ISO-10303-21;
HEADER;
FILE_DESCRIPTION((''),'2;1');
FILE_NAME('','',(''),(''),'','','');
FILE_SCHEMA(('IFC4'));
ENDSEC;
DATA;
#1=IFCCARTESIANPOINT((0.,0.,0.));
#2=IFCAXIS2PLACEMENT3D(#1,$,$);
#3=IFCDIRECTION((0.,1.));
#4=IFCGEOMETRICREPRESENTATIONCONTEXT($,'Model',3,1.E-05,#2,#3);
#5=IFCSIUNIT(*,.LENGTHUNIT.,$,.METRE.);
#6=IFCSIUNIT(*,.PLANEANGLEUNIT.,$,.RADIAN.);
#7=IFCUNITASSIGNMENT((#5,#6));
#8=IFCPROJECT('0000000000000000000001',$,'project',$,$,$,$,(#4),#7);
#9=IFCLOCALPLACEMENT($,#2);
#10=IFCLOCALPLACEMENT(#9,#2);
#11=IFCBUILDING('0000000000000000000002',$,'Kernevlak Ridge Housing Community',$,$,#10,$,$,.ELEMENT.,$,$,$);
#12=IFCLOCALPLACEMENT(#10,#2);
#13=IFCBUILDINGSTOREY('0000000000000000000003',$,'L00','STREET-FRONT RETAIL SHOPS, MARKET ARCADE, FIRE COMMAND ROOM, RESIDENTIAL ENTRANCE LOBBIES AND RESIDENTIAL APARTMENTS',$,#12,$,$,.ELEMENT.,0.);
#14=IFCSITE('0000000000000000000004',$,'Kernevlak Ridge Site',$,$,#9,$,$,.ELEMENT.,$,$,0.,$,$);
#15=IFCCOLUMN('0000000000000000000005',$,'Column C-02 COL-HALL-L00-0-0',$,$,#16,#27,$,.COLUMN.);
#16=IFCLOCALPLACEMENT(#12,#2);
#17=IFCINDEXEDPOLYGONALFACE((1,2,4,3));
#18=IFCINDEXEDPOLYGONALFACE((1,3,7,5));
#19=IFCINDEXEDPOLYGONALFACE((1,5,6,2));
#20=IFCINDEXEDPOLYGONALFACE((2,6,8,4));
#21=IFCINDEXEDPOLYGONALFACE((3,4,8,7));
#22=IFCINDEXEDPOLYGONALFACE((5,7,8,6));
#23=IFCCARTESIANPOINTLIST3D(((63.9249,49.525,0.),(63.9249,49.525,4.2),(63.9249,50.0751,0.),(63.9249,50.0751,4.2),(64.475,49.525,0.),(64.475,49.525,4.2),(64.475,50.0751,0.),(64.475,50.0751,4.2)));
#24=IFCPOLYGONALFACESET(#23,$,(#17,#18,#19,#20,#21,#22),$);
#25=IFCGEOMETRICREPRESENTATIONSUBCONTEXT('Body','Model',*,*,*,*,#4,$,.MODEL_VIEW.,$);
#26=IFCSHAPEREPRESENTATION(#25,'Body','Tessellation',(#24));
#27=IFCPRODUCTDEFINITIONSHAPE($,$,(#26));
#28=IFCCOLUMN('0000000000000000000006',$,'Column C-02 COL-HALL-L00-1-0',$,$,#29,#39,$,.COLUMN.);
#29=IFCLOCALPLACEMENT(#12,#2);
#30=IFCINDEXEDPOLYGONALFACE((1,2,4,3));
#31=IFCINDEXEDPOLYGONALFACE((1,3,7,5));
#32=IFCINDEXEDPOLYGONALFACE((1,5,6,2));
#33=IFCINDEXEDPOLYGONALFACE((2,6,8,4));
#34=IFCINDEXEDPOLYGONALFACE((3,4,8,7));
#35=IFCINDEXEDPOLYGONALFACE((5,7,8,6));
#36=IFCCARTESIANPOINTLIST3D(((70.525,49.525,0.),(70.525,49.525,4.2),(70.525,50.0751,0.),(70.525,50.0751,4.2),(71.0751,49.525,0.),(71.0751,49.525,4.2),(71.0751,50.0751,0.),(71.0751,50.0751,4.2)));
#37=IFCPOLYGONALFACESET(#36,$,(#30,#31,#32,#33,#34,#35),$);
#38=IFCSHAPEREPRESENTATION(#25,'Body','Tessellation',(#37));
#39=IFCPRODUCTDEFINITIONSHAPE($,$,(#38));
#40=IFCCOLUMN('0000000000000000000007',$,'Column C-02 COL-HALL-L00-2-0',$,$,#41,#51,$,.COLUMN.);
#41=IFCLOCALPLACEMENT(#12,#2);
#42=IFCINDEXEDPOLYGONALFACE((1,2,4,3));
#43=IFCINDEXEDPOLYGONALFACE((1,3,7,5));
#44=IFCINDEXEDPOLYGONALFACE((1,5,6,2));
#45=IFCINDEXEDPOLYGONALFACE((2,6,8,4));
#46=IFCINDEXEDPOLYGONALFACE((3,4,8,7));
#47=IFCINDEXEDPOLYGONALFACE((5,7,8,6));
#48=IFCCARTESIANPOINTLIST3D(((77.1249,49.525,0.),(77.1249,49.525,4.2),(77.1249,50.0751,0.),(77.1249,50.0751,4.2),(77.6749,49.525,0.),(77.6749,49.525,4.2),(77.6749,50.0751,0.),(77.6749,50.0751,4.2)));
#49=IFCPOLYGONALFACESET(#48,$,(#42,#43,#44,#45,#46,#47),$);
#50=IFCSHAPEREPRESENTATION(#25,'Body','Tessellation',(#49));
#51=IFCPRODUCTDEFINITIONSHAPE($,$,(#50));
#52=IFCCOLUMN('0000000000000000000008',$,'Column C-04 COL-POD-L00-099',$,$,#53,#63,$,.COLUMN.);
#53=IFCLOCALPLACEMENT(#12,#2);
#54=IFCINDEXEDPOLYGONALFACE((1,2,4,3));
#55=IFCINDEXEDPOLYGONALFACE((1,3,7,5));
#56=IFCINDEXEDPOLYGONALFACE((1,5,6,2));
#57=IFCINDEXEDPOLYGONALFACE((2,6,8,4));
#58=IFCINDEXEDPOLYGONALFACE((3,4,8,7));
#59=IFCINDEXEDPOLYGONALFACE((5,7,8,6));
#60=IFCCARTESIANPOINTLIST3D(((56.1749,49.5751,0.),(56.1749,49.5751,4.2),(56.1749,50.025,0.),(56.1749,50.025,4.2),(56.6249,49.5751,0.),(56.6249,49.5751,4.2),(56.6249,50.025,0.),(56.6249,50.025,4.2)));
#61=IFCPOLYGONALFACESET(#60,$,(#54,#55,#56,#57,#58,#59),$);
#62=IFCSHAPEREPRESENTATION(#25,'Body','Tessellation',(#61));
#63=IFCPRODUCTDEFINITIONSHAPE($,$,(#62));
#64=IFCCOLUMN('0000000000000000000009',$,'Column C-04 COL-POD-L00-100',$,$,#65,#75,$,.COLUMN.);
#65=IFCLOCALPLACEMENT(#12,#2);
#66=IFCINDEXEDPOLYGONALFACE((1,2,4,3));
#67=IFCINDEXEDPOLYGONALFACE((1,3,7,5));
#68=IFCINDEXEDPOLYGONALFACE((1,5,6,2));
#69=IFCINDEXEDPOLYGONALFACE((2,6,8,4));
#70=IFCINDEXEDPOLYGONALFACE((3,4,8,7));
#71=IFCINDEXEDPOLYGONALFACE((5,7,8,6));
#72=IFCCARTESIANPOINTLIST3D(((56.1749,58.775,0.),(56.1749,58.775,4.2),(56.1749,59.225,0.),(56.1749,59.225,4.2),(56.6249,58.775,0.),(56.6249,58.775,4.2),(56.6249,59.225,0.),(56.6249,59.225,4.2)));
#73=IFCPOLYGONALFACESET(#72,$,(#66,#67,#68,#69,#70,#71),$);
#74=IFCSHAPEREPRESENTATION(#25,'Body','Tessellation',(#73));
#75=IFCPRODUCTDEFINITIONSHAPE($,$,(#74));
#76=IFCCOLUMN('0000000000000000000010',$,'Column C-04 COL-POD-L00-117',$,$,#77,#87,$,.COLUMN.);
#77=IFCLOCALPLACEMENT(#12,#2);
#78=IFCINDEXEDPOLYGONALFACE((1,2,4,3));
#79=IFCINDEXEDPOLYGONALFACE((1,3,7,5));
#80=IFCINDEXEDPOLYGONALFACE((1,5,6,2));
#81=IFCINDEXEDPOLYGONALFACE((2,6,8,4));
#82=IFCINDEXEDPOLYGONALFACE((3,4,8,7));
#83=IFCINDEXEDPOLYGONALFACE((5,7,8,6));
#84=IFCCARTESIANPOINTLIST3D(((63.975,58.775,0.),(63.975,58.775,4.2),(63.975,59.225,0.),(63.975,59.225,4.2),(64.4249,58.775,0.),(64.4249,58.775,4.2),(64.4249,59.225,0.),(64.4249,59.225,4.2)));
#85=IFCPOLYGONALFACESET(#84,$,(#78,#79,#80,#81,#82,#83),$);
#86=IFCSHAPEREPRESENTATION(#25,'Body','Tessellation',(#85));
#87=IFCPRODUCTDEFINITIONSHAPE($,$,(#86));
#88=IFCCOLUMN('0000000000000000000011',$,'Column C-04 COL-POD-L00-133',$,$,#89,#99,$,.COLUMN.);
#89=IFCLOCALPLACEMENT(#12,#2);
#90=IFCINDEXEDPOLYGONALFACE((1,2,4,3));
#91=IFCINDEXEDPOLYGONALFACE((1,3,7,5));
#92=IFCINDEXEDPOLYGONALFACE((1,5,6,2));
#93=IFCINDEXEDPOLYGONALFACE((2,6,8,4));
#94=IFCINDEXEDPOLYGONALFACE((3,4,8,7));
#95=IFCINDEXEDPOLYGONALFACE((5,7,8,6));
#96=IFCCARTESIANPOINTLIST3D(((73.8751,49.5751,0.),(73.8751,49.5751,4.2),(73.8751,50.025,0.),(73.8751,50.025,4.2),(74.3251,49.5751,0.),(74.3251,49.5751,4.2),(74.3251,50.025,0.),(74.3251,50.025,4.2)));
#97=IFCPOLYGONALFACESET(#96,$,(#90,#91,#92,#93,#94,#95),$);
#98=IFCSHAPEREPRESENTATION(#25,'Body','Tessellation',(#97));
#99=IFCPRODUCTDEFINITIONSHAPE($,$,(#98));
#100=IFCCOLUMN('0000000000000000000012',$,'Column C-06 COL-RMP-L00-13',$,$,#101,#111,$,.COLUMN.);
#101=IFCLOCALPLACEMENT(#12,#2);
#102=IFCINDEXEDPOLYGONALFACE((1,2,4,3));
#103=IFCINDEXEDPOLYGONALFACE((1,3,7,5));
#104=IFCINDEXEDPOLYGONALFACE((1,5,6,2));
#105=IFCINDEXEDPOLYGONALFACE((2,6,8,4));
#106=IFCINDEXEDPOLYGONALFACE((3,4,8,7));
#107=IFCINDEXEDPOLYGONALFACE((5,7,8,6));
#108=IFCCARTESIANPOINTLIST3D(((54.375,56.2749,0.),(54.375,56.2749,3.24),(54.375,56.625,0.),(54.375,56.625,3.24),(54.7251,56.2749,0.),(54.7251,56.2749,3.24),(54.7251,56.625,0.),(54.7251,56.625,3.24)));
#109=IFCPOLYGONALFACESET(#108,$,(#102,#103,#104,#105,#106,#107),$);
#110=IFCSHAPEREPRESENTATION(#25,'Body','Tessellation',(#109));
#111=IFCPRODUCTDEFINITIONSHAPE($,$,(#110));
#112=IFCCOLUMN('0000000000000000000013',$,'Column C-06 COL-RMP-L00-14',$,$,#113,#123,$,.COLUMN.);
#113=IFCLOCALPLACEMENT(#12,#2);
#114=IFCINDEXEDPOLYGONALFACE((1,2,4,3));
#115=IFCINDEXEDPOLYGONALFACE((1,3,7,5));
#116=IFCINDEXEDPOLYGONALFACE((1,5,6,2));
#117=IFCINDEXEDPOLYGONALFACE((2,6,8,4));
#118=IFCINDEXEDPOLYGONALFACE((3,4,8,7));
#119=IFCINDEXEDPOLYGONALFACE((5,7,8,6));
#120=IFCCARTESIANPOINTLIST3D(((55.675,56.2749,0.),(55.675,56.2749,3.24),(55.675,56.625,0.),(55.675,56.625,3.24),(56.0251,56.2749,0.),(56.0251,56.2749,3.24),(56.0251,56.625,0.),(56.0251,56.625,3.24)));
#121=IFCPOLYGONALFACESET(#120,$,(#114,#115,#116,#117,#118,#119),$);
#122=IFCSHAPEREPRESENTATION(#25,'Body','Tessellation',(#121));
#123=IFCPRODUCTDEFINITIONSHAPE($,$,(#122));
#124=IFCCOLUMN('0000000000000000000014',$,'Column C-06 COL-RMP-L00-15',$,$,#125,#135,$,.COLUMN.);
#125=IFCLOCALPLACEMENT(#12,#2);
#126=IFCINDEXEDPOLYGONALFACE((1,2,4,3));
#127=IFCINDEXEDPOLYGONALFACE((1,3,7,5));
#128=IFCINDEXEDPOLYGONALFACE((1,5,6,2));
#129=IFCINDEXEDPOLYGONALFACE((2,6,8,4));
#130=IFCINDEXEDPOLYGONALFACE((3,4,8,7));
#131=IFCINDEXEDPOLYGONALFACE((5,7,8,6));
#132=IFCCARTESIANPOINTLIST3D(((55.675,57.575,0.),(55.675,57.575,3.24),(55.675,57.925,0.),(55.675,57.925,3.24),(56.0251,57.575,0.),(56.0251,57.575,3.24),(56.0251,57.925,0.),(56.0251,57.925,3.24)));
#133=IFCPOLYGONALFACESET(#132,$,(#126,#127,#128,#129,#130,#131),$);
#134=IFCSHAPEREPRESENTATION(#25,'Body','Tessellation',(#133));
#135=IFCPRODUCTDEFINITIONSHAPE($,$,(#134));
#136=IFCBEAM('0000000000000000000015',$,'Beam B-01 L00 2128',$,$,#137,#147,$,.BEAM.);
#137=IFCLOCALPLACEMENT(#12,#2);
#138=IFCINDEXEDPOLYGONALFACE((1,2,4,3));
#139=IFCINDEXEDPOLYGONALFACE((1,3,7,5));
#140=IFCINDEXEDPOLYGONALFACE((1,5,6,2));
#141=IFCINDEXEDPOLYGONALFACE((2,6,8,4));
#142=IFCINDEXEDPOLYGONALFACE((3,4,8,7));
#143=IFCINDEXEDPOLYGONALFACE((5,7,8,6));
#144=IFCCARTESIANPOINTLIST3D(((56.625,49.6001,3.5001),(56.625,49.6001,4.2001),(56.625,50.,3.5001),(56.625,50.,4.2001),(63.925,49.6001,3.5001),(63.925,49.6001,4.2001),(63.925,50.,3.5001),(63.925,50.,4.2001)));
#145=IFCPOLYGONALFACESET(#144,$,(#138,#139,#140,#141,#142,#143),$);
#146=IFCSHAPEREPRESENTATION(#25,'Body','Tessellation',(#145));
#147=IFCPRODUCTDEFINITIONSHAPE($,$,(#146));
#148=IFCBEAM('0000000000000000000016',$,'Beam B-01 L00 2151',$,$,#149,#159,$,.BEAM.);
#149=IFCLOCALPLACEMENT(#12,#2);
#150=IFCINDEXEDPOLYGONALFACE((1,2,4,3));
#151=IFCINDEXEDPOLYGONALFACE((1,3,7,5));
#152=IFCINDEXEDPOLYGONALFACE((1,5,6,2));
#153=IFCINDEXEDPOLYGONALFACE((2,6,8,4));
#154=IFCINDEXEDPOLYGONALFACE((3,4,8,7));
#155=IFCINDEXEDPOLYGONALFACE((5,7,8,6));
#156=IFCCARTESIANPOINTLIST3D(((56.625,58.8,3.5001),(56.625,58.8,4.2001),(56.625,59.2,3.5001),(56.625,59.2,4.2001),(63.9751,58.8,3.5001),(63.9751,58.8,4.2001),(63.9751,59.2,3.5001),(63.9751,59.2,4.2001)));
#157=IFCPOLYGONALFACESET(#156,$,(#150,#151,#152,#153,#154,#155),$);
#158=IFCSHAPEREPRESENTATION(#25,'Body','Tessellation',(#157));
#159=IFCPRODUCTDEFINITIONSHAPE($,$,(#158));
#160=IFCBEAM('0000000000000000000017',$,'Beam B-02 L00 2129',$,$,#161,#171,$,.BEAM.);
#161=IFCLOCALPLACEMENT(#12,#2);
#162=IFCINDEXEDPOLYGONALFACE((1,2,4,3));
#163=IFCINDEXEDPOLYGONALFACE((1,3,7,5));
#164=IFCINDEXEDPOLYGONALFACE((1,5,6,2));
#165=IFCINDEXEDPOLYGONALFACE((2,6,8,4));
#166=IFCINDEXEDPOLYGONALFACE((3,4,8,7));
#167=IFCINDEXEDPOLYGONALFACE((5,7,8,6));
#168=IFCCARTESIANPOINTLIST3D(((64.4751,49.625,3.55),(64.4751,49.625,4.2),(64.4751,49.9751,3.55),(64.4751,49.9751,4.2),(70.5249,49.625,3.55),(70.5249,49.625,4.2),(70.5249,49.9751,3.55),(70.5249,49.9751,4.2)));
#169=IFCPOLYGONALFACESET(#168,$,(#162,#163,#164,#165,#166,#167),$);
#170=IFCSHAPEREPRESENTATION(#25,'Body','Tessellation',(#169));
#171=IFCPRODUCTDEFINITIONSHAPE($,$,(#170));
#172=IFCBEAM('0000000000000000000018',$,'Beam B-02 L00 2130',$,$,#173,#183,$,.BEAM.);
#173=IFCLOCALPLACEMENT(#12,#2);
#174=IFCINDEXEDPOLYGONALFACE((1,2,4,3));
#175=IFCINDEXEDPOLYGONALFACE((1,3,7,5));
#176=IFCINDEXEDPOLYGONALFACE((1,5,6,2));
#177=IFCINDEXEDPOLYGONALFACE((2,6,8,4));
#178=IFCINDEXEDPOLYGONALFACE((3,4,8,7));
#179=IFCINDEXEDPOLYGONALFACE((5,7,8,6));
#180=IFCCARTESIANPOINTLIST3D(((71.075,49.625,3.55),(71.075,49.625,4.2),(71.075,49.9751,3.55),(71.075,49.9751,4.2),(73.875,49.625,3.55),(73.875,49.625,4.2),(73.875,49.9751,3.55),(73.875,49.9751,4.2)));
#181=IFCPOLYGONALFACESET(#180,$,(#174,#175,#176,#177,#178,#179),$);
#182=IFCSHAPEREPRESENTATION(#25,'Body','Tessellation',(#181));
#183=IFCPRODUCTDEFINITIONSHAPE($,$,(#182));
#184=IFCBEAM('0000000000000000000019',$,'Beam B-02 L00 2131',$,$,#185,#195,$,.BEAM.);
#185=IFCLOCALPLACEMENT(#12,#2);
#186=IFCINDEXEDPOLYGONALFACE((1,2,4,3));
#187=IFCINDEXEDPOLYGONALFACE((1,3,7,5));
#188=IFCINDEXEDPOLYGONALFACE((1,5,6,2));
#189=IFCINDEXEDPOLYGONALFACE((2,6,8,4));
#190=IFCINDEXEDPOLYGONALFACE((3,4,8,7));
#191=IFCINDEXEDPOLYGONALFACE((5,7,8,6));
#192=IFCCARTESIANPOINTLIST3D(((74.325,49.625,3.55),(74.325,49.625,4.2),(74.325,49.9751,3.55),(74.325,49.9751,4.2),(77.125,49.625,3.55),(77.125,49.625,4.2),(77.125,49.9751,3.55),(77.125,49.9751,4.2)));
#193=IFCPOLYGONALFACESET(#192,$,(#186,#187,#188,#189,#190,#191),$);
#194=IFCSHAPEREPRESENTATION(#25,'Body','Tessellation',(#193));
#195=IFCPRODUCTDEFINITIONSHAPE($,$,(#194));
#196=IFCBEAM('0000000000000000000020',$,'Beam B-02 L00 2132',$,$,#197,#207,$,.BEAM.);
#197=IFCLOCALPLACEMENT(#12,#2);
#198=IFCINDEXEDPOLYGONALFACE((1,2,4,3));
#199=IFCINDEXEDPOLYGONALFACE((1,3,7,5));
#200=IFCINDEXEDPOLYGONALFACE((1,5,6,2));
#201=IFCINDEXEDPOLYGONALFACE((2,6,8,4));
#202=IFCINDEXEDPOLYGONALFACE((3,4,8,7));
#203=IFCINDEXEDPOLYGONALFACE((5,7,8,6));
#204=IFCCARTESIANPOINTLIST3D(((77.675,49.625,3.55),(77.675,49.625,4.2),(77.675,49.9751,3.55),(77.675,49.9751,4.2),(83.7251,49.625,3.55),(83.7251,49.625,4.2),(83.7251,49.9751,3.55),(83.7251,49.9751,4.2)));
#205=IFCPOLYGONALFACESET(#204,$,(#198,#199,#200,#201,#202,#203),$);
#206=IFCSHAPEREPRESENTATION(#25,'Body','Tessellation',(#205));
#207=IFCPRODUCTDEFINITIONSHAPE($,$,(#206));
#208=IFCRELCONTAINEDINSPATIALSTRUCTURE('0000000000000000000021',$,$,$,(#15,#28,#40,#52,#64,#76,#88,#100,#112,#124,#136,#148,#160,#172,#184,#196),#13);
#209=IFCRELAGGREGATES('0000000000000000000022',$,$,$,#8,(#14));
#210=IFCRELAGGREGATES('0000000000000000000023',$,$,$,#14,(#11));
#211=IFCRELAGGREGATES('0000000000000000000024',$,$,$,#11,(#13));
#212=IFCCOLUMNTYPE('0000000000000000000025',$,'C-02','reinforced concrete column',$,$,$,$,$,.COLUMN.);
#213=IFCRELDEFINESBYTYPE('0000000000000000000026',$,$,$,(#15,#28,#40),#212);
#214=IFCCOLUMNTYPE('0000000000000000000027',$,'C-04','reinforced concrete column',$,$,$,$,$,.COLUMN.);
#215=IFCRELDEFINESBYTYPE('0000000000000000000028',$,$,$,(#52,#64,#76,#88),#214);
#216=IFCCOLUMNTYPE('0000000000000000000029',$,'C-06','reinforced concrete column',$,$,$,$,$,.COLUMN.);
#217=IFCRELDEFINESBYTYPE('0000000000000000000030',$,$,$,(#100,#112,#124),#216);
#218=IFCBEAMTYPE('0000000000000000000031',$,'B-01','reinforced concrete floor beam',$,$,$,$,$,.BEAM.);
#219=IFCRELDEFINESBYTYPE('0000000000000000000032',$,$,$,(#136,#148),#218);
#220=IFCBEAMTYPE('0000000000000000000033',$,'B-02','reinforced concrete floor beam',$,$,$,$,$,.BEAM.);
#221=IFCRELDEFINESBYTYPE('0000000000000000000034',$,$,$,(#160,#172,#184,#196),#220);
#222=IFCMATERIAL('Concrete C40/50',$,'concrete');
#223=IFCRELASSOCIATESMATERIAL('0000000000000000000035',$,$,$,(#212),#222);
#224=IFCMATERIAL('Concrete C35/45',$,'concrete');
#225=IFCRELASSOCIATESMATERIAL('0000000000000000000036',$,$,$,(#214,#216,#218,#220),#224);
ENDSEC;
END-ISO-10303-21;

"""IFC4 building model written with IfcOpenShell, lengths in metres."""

from ifc_helpers import new_model, si_unit, direction, frame, origin, origin_2d, place, context, subcontext, project, spatial, rectangle, extrude, material, material_profile, profile_set, type_object, element, save


model = new_model("IFC4")

# Units and contexts
model_context = context("Model", 3, precision=1e-05, world=origin(), true_north=direction((0.0, 1.0)))
body_context = subcontext(model_context, "Body", "Model", "MODEL_VIEW")
ifc_project = project(units=[si_unit("LENGTHUNIT", "METRE"), si_unit("PLANEANGLEUNIT", "RADIAN")], contexts=[model_context])

# Site, building, storey
site_placement = place(None, origin())
site = spatial("IfcSite", under=ifc_project, at=site_placement, Name="Kernevlak Ridge Site", CompositionType="ELEMENT", RefElevation=0.0)
building_placement = place(site_placement, origin())
building = spatial("IfcBuilding", under=site, at=building_placement, Name="Kernevlak Ridge Housing Community", CompositionType="ELEMENT")
storey_placement = place(building_placement, origin())
storey = spatial("IfcBuildingStorey", under=building, at=storey_placement, Name="L00", Description="STREET-FRONT RETAIL SHOPS, MARKET ARCADE, FIRE COMMAND ROOM, RESIDENTIAL ENTRANCE LOBBIES AND RESIDENTIAL APARTMENTS", CompositionType="ELEMENT", Elevation=0.0)

# Columns
ifc_material_1 = material(Name="Concrete C40/50", Category="concrete")
ifc_material_profile_1 = material_profile(ifc_material_1, rectangle(XDim=0.55, YDim=0.55, at=origin_2d()), Name="RC 550x550")
ifc_profile_set_1 = profile_set([ifc_material_profile_1], Name="Concrete C40/50")
column_type_1 = type_object("IfcColumnType", Name="C-02", Description="reinforced concrete column", PredefinedType="COLUMN", material=ifc_profile_set_1)
for number, where, z_axis, x_axis, name in (
    (1, (64.2, 49.8, 0.0), (0.0, 0.0, 1.0), (1.0, 0.0, 0.0), "Column C-02 COL-HALL-L00-0-0"),
    (2, (70.8, 49.8, 0.0), (0.0, 0.0, 1.0), (1.0, 0.0, 0.0), "Column C-02 COL-HALL-L00-1-0"),
    (3, (77.3999, 49.8, 0.0), (0.0, 0.0, 1.0), (1.0, 0.0, 0.0), "Column C-02 COL-HALL-L00-2-0"),
):
    element("IfcColumn", number, at=place(storey_placement, frame(where, z_axis=z_axis, x_axis=x_axis)), inside=storey, type_object=column_type_1, Name=name, PredefinedType="COLUMN", context=body_context, shape_type="SweptSolid", body=[
        extrude(rectangle(XDim=0.55, YDim=0.55, at=origin_2d()), origin(), (0.0, 0.0, 1.0), 4.2),
    ])
ifc_material_2 = material(Name="Concrete C35/45", Category="concrete")
ifc_material_profile_2 = material_profile(ifc_material_2, rectangle(XDim=0.45, YDim=0.45, at=origin_2d()), Name="RC 450x450")
ifc_profile_set_2 = profile_set([ifc_material_profile_2], Name="Concrete C35/45")
column_type_2 = type_object("IfcColumnType", Name="C-04", Description="reinforced concrete column", PredefinedType="COLUMN", material=ifc_profile_set_2)
for number, where, z_axis, x_axis, name in (
    (4, (56.3999, 49.8, 0.0), (0.0, 0.0, 1.0), (1.0, 0.0, 0.0), "Column C-04 COL-POD-L00-099"),
    (5, (56.3999, 59.0, 0.0), (0.0, 0.0, 1.0), (1.0, 0.0, 0.0), "Column C-04 COL-POD-L00-100"),
    (6, (64.2, 59.0, 0.0), (0.0, 0.0, 1.0), (1.0, 0.0, 0.0), "Column C-04 COL-POD-L00-117"),
    (7, (74.1001, 49.8, 0.0), (0.0, 0.0, 1.0), (1.0, 0.0, 0.0), "Column C-04 COL-POD-L00-133"),
):
    element("IfcColumn", number, at=place(storey_placement, frame(where, z_axis=z_axis, x_axis=x_axis)), inside=storey, type_object=column_type_2, Name=name, PredefinedType="COLUMN", context=body_context, shape_type="SweptSolid", body=[
        extrude(rectangle(XDim=0.45, YDim=0.45, at=origin_2d()), origin(), (0.0, 0.0, 1.0), 4.2),
    ])
ifc_material_profile_3 = material_profile(ifc_material_2, rectangle(XDim=0.3501, YDim=0.3501, at=origin_2d()), Name="RC 350x350")
ifc_profile_set_3 = profile_set([ifc_material_profile_3], Name="Concrete C35/45")
column_type_3 = type_object("IfcColumnType", Name="C-06", Description="reinforced concrete column", PredefinedType="COLUMN", material=ifc_profile_set_3)
for number, where, z_axis, x_axis, name in (
    (8, (54.55, 56.45, 0.0), (0.0, 0.0, 1.0), (1.0, 0.0, 0.0), "Column C-06 COL-RMP-L00-13"),
    (9, (55.8501, 56.45, 0.0), (0.0, 0.0, 1.0), (1.0, 0.0, 0.0), "Column C-06 COL-RMP-L00-14"),
    (10, (55.8501, 57.75, 0.0), (0.0, 0.0, 1.0), (1.0, 0.0, 0.0), "Column C-06 COL-RMP-L00-15"),
):
    element("IfcColumn", number, at=place(storey_placement, frame(where, z_axis=z_axis, x_axis=x_axis)), inside=storey, type_object=column_type_3, Name=name, PredefinedType="COLUMN", context=body_context, shape_type="SweptSolid", body=[
        extrude(rectangle(XDim=0.3501, YDim=0.3501, at=origin_2d()), origin(), (0.0, 0.0, 1.0), 3.24),
    ])

# Beams
ifc_material_profile_4 = material_profile(ifc_material_2, rectangle(XDim=0.3999, YDim=0.7, at=origin_2d()), Name="RC 400x700")
ifc_profile_set_4 = profile_set([ifc_material_profile_4], Name="Concrete C35/45")
beam_type_1 = type_object("IfcBeamType", Name="B-01", Description="reinforced concrete floor beam", PredefinedType="BEAM", material=ifc_profile_set_4)
beam_1_placement = place(storey_placement, frame((56.625, 49.8, 3.8501), z_axis=(1.0, 0.0, 0.0), x_axis=(0.0, 1.0, 0.0)))
element("IfcBeam", 11, at=beam_1_placement, inside=storey, type_object=beam_type_1, Name="Beam B-01 L00 2128", PredefinedType="BEAM", context=body_context, shape_type="SweptSolid", body=[
    extrude(rectangle(XDim=0.3999, YDim=0.7, at=origin_2d()), origin(), (0.0, 0.0, 1.0), 7.3),
])
beam_2_placement = place(storey_placement, frame((56.625, 59.0, 3.8501), z_axis=(1.0, 0.0, 0.0), x_axis=(0.0, 1.0, 0.0)))
element("IfcBeam", 12, at=beam_2_placement, inside=storey, type_object=beam_type_1, Name="Beam B-01 L00 2151", PredefinedType="BEAM", context=body_context, shape_type="SweptSolid", body=[
    extrude(rectangle(XDim=0.3999, YDim=0.7, at=origin_2d()), origin(), (0.0, 0.0, 1.0), 7.3501),
])
ifc_material_profile_5 = material_profile(ifc_material_2, rectangle(XDim=0.3501, YDim=0.6499, at=origin_2d()), Name="RC 350x650")
ifc_profile_set_5 = profile_set([ifc_material_profile_5], Name="Concrete C35/45")
beam_type_2 = type_object("IfcBeamType", Name="B-02", Description="reinforced concrete floor beam", PredefinedType="BEAM", material=ifc_profile_set_5)
beam_3_placement = place(storey_placement, frame((64.4751, 49.8, 3.875), z_axis=(1.0, 0.0, 0.0), x_axis=(0.0, 1.0, 0.0)))
element("IfcBeam", 13, at=beam_3_placement, inside=storey, type_object=beam_type_2, Name="Beam B-02 L00 2129", PredefinedType="BEAM", context=body_context, shape_type="SweptSolid", body=[
    extrude(rectangle(XDim=0.3501, YDim=0.6499, at=origin_2d()), origin(), (0.0, 0.0, 1.0), 6.0498),
])
for number, where, z_axis, x_axis, name in (
    (14, (71.075, 49.8, 3.875), (1.0, 0.0, 0.0), (0.0, 1.0, 0.0), "Beam B-02 L00 2130"),
    (15, (74.325, 49.8, 3.875), (1.0, 0.0, 0.0), (0.0, 1.0, 0.0), "Beam B-02 L00 2131"),
):
    element("IfcBeam", number, at=place(storey_placement, frame(where, z_axis=z_axis, x_axis=x_axis)), inside=storey, type_object=beam_type_2, Name=name, PredefinedType="BEAM", context=body_context, shape_type="SweptSolid", body=[
        extrude(rectangle(XDim=0.3501, YDim=0.6499, at=origin_2d()), origin(), (0.0, 0.0, 1.0), 2.8),
    ])
beam_4_placement = place(storey_placement, frame((77.675, 49.8, 3.875), z_axis=(1.0, 0.0, 0.0), x_axis=(0.0, 1.0, 0.0)))
element("IfcBeam", 16, at=beam_4_placement, inside=storey, type_object=beam_type_2, Name="Beam B-02 L00 2132", PredefinedType="BEAM", context=body_context, shape_type="SweptSolid", body=[
    extrude(rectangle(XDim=0.3501, YDim=0.6499, at=origin_2d()), origin(), (0.0, 0.0, 1.0), 6.05),
])

save(model, "model.ifc")
